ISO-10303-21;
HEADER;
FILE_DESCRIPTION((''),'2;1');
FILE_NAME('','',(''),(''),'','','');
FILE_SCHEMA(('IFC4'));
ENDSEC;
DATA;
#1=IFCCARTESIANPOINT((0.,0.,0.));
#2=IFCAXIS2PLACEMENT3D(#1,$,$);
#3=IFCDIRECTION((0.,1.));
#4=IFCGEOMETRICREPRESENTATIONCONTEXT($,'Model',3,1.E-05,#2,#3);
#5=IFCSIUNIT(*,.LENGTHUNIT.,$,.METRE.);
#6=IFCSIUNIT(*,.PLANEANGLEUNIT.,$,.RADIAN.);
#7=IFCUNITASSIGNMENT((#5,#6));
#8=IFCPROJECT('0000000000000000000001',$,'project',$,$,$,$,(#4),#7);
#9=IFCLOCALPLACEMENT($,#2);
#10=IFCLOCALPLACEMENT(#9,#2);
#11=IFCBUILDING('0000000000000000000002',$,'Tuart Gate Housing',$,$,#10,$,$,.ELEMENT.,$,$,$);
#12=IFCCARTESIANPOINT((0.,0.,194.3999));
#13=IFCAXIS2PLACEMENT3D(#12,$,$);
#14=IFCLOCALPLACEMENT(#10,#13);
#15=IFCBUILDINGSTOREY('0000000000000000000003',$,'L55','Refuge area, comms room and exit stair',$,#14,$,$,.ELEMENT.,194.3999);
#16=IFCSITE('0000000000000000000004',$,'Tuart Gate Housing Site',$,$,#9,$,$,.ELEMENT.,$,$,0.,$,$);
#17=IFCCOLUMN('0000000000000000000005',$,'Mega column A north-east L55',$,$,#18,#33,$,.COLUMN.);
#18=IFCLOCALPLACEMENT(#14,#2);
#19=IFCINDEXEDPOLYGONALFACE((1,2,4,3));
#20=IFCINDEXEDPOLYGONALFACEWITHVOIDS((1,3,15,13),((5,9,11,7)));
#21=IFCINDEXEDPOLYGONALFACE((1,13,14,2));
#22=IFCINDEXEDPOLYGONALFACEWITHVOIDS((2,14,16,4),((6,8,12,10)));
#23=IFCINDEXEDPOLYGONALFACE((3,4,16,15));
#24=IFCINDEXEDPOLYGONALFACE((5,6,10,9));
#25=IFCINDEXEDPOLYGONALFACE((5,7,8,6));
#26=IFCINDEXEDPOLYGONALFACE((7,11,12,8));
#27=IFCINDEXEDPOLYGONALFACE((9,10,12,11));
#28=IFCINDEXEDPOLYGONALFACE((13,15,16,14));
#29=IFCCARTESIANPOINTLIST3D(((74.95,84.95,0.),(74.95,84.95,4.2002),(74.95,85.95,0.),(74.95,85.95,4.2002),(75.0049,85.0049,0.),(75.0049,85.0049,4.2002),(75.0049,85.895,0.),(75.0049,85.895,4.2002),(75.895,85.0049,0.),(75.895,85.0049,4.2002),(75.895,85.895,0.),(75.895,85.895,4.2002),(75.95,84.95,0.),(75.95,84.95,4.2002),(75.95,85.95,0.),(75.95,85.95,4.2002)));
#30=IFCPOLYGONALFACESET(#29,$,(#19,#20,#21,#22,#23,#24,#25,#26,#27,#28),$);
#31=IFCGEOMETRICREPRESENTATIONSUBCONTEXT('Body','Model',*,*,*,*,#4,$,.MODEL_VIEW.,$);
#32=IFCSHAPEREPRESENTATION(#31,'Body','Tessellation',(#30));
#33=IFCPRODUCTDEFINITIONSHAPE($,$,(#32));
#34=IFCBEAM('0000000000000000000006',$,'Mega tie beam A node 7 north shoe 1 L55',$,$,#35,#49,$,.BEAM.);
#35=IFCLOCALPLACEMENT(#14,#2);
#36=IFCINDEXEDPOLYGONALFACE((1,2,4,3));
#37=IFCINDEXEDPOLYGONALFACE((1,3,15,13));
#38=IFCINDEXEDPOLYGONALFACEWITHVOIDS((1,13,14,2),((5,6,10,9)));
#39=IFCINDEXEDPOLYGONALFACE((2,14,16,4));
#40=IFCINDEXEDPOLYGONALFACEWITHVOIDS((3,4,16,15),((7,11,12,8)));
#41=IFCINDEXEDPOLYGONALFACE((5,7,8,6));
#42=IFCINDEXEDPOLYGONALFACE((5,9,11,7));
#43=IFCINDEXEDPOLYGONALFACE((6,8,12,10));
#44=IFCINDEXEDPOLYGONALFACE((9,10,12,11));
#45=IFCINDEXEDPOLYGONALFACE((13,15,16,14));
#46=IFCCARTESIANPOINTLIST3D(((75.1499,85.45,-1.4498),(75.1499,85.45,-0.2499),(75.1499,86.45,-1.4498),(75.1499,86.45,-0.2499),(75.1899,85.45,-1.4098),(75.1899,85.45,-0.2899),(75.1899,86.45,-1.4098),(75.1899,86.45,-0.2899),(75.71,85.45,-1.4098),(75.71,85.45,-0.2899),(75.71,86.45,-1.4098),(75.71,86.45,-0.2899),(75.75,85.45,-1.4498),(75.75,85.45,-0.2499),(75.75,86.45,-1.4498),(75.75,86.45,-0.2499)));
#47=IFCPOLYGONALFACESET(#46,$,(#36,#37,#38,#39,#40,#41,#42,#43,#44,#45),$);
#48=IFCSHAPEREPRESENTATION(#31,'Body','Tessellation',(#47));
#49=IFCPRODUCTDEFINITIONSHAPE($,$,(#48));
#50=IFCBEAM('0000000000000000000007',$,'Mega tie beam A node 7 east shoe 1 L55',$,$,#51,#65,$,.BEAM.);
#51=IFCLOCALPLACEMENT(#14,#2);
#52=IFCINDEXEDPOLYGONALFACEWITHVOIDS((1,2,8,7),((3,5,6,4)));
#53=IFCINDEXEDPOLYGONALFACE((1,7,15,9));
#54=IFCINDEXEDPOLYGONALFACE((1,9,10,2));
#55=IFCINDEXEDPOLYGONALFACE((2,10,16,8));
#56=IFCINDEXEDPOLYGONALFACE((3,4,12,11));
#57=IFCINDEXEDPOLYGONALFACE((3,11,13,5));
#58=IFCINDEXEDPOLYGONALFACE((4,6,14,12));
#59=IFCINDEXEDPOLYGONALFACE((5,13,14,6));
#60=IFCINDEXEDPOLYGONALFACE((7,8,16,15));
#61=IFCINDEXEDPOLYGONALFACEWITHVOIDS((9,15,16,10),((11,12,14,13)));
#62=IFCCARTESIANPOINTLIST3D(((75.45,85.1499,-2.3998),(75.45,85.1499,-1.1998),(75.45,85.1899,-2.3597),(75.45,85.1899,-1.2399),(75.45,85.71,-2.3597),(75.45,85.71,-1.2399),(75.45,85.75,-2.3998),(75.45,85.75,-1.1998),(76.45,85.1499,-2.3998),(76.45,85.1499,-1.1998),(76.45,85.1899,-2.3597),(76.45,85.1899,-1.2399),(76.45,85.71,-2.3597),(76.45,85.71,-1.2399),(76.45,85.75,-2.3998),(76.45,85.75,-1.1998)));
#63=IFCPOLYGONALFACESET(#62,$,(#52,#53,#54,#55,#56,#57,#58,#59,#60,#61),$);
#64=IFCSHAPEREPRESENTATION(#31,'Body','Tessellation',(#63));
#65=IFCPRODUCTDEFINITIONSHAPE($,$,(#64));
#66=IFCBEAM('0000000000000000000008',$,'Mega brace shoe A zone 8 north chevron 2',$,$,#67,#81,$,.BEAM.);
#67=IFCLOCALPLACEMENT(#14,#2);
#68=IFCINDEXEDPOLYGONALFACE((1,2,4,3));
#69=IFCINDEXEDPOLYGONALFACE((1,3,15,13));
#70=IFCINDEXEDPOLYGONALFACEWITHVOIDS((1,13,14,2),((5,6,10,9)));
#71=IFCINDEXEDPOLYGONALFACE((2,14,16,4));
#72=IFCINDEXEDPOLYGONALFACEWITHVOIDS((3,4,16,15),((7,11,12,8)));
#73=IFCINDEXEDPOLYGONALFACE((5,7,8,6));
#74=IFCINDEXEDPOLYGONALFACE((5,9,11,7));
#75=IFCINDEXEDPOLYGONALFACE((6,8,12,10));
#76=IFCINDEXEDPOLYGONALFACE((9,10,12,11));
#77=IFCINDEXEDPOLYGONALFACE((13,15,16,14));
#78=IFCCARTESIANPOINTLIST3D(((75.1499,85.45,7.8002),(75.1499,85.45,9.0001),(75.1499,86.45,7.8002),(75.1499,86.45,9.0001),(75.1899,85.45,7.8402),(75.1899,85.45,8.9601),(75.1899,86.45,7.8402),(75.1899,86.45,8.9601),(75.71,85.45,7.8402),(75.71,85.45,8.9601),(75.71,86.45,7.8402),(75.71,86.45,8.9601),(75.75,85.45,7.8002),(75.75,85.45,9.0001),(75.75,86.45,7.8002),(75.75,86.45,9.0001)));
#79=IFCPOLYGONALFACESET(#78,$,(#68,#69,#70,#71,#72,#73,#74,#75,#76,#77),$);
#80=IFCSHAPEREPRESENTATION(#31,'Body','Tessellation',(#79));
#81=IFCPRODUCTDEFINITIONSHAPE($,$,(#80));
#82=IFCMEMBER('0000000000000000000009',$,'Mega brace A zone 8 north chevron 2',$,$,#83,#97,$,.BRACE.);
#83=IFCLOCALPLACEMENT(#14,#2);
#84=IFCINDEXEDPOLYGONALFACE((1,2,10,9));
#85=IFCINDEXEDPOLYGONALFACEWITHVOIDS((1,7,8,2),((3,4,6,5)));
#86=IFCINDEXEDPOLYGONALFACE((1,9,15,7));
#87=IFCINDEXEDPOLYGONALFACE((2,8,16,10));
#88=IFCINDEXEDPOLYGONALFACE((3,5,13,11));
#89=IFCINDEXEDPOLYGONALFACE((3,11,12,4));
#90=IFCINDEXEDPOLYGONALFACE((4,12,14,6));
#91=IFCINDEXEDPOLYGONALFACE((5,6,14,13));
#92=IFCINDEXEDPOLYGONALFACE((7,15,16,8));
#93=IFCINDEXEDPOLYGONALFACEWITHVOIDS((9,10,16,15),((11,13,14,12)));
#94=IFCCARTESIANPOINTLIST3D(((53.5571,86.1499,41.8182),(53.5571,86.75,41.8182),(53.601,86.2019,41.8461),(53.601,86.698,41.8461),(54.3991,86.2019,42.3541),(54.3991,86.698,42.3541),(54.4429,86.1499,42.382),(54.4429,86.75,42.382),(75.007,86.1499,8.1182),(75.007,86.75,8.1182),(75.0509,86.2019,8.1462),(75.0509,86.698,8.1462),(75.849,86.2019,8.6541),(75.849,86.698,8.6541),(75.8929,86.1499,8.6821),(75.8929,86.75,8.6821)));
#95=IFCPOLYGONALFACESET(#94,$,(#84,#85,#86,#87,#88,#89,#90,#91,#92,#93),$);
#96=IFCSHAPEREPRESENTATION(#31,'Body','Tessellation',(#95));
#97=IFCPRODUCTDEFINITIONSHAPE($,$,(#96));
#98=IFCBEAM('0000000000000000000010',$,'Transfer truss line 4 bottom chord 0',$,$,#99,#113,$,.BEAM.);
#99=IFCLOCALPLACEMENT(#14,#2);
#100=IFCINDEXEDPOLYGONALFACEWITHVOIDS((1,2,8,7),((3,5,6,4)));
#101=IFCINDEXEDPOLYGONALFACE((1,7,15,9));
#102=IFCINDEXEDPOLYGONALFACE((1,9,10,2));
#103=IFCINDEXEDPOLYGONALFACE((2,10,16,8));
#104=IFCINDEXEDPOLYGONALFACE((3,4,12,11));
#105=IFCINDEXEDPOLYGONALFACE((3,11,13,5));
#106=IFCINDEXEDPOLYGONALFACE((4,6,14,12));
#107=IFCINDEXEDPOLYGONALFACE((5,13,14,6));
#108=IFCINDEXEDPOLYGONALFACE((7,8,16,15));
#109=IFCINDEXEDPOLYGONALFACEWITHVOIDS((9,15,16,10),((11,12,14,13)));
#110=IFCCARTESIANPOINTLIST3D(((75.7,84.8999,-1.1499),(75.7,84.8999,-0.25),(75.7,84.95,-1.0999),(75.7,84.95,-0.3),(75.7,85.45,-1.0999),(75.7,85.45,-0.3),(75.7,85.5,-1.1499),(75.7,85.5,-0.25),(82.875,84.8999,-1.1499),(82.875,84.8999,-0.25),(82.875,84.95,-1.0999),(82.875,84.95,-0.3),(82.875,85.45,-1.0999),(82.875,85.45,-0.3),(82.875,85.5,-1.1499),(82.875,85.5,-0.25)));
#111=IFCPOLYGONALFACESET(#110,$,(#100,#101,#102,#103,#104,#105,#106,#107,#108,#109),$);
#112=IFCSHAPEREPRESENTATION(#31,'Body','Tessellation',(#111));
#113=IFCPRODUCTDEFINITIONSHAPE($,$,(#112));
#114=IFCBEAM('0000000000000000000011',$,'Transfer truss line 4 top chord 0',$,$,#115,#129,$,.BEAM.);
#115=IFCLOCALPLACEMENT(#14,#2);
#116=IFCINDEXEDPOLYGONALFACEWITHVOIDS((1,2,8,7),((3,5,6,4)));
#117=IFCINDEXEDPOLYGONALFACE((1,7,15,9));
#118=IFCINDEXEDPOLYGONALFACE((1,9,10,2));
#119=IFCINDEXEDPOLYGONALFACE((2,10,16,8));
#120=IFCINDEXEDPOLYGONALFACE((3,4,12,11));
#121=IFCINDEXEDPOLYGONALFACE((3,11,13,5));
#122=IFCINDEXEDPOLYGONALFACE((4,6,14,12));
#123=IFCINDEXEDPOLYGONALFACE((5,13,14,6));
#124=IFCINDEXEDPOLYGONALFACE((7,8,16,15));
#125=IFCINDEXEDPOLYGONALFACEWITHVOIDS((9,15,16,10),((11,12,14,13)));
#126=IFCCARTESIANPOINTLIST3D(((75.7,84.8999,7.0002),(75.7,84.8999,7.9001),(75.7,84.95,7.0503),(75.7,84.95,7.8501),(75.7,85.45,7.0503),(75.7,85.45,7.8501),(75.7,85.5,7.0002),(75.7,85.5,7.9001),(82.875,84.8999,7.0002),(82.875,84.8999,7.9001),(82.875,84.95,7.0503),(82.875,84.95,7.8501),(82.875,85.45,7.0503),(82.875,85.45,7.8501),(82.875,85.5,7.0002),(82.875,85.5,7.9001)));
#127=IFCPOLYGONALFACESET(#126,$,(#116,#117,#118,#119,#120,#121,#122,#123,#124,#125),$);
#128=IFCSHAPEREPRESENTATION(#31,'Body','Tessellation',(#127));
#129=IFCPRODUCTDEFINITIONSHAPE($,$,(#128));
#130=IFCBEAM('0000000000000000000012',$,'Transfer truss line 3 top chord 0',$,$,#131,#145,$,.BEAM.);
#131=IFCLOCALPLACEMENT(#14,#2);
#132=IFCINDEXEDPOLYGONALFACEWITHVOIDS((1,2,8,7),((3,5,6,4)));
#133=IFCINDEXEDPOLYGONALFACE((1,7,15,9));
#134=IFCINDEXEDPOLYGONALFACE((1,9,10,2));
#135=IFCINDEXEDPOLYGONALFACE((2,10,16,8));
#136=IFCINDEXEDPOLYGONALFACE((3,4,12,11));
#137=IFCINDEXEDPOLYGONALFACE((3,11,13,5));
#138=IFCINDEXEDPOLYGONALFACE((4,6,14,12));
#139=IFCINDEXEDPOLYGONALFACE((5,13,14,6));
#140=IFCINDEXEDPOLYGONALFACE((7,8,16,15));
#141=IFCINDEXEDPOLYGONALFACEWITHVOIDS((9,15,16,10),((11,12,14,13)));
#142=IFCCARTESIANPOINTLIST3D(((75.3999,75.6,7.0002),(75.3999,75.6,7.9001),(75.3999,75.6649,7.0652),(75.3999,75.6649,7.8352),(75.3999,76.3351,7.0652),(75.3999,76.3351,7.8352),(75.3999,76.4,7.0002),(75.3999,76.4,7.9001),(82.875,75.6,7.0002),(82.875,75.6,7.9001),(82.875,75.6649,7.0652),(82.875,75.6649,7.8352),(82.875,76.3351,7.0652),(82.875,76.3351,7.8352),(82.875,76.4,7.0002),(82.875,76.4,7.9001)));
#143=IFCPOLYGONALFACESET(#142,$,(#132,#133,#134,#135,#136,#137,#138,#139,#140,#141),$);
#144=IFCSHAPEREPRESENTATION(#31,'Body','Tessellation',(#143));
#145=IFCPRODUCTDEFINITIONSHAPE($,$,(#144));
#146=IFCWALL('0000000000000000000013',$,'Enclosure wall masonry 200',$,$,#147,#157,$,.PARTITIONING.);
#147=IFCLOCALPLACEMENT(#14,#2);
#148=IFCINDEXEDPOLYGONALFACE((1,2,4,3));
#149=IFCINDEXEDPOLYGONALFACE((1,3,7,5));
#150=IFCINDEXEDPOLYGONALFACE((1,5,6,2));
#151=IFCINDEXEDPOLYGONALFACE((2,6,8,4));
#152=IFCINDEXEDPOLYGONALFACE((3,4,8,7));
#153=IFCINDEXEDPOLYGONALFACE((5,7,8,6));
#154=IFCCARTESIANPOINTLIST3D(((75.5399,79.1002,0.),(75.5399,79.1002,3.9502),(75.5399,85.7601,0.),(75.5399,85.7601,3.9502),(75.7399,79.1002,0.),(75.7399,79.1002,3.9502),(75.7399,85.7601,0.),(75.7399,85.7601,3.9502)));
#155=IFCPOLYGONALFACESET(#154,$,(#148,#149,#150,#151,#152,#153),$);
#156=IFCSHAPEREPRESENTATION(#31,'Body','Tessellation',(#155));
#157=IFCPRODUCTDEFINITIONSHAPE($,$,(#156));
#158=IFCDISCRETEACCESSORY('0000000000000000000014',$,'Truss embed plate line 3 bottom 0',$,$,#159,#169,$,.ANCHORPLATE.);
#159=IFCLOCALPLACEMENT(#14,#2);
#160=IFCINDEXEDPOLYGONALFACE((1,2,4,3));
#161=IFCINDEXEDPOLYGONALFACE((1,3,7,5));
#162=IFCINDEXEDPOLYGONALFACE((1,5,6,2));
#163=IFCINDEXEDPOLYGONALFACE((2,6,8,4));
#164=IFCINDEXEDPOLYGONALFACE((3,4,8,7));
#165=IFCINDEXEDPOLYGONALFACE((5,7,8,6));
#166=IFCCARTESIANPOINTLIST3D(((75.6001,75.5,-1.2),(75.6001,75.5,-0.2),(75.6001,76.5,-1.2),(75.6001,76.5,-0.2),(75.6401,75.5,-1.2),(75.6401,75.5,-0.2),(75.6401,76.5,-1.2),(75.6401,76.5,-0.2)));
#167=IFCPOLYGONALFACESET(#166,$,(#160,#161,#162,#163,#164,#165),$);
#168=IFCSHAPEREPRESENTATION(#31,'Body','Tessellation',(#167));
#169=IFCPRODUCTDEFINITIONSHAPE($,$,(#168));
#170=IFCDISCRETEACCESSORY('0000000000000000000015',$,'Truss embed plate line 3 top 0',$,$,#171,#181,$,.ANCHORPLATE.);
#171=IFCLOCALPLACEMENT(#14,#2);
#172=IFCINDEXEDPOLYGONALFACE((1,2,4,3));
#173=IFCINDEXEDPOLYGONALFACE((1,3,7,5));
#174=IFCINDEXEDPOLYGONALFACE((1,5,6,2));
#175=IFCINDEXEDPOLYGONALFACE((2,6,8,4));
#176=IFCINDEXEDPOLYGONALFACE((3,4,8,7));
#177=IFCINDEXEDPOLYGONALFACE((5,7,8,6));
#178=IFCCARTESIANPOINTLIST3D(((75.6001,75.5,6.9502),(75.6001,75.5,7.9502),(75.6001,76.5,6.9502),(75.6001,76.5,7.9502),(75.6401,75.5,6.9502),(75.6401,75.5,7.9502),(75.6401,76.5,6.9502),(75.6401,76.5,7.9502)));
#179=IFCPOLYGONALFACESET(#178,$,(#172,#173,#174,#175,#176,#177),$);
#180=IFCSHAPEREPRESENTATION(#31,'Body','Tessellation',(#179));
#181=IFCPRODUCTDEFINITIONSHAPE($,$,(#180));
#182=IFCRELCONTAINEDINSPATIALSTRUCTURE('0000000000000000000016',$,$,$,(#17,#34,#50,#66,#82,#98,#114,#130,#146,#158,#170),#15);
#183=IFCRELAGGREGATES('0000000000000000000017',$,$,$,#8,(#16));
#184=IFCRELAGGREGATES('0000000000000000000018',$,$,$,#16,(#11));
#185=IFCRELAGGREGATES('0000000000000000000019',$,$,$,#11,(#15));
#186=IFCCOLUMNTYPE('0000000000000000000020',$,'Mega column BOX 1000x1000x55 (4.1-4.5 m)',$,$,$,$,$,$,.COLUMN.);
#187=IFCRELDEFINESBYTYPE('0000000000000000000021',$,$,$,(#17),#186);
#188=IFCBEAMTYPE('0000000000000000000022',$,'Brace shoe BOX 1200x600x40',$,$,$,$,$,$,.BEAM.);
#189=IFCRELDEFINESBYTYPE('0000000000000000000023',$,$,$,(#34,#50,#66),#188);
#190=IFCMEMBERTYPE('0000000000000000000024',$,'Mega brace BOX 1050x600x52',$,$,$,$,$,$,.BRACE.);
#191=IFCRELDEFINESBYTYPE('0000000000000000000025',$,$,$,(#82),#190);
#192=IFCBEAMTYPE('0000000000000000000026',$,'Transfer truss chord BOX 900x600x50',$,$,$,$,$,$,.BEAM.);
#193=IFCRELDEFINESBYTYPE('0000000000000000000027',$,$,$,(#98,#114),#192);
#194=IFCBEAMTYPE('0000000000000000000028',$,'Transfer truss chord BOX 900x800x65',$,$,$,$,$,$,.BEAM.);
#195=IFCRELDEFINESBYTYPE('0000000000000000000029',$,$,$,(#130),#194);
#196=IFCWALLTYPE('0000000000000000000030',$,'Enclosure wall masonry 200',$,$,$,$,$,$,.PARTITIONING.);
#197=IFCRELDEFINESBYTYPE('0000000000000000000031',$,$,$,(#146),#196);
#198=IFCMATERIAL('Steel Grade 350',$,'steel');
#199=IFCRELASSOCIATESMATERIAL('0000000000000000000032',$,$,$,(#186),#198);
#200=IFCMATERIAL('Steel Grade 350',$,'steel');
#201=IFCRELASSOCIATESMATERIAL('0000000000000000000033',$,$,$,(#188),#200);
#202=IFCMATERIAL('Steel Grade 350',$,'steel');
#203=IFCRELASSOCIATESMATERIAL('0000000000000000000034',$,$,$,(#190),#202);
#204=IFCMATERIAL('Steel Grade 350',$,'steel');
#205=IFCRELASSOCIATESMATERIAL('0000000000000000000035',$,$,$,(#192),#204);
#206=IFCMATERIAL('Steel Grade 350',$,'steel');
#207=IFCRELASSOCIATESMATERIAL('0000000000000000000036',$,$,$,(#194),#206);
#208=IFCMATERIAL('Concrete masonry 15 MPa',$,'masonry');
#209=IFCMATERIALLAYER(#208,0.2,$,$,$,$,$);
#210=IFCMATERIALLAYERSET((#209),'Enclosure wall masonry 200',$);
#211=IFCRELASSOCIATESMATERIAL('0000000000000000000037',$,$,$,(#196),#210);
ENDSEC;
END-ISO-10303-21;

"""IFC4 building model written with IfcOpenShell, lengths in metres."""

from ifc_helpers import new_model, si_unit, direction, frame, frame_2d, origin, origin_2d, place, context, subcontext, project, spatial, rectangle, hollow_rectangle, extrude, material, layer, layer_set, material_profile, profile_set, type_object, element, save


model = new_model("IFC4")

# Units and contexts
model_context = context("Model", 3, precision=1e-05, world=origin(), true_north=direction((0.0, 1.0)))
body_context = subcontext(model_context, "Body", "Model", "MODEL_VIEW")
ifc_project = project(units=[si_unit("LENGTHUNIT", "METRE"), si_unit("PLANEANGLEUNIT", "RADIAN")], contexts=[model_context])

# Site, building, storey
site_placement = place(None, origin())
site = spatial("IfcSite", under=ifc_project, at=site_placement, Name="Tuart Gate Housing Site", CompositionType="ELEMENT", RefElevation=0.0)
building_placement = place(site_placement, origin())
building = spatial("IfcBuilding", under=site, at=building_placement, Name="Tuart Gate Housing", CompositionType="ELEMENT")
storey_placement = place(building_placement, frame((0.0, 0.0, 194.3999)))
storey = spatial("IfcBuildingStorey", under=building, at=storey_placement, Name="L55", Description="Refuge area, comms room and exit stair", CompositionType="ELEMENT", Elevation=194.3999)

# Column
ifc_material_1 = material(Name="Steel Grade 350", Category="steel")
ifc_material_profile_1 = material_profile(ifc_material_1, hollow_rectangle(XDim=1.0, YDim=1.0, WallThickness=0.0549, at=origin_2d()), Name="BOX 1000x1000x55")
ifc_profile_set_1 = profile_set([ifc_material_profile_1], Name="Steel Grade 350")
column_type = type_object("IfcColumnType", Name="Mega column BOX 1000x1000x55 (4.1-4.5 m)", PredefinedType="COLUMN", material=ifc_profile_set_1)
column_placement = place(storey_placement, frame((75.45, 85.45, 0.0), z_axis=(0.0, 0.0, 1.0), x_axis=(1.0, 0.0, 0.0)))
element("IfcColumn", 1, at=column_placement, inside=storey, type_object=column_type, Name="Mega column A north-east L55", PredefinedType="COLUMN", context=body_context, shape_type="SweptSolid", body=[
    extrude(hollow_rectangle(XDim=1.0, YDim=1.0, WallThickness=0.0549, at=origin_2d()), origin(), (0.0, 0.0, 1.0), 4.2002),
])

# Beams
ifc_material_2 = material(Name="Steel Grade 350", Category="steel")
ifc_material_profile_2 = material_profile(ifc_material_2, hollow_rectangle(XDim=0.6001, YDim=1.2, WallThickness=0.04, at=origin_2d()), Name="BOX 1200x600x40")
ifc_profile_set_2 = profile_set([ifc_material_profile_2], Name="Steel Grade 350")
beam_type_1 = type_object("IfcBeamType", Name="Brace shoe BOX 1200x600x40", PredefinedType="BEAM", material=ifc_profile_set_2)
for number, where, z_axis, x_axis, name in (
    (2, (75.45, 85.45, -0.8499), (0.0, 1.0, 0.0), (-1.0, 0.0, 0.0), "Mega tie beam A node 7 north shoe 1 L55"),
    (3, (75.45, 85.45, -1.7998), (1.0, 0.0, 0.0), (0.0, 1.0, 0.0), "Mega tie beam A node 7 east shoe 1 L55"),
    (4, (75.45, 85.45, 8.4001), (0.0, 1.0, 0.0), (-1.0, 0.0, 0.0), "Mega brace shoe A zone 8 north chevron 2"),
):
    element("IfcBeam", number, at=place(storey_placement, frame(where, z_axis=z_axis, x_axis=x_axis)), inside=storey, type_object=beam_type_1, Name=name, PredefinedType="BEAM", context=body_context, shape_type="SweptSolid", body=[
        extrude(hollow_rectangle(XDim=0.6001, YDim=1.2, WallThickness=0.04, at=origin_2d()), origin(), (0.0, 0.0, 1.0), 1.0),
    ])

# Member
ifc_material_3 = material(Name="Steel Grade 350", Category="steel")
ifc_material_profile_3 = material_profile(ifc_material_3, hollow_rectangle(XDim=0.6001, YDim=1.05, WallThickness=0.052, at=origin_2d()), Name="BOX 1050x600x52")
ifc_profile_set_3 = profile_set([ifc_material_profile_3], Name="Steel Grade 350")
member_type = type_object("IfcMemberType", Name="Mega brace BOX 1050x600x52", PredefinedType="BRACE", material=ifc_profile_set_3)
member_placement = place(storey_placement, frame((75.45, 86.45, 8.4001), z_axis=(-0.536956, 0.0, 0.84361), x_axis=(0.0, -1.0, 0.0)))
element("IfcMember", 5, at=member_placement, inside=storey, type_object=member_type, Name="Mega brace A zone 8 north chevron 2", PredefinedType="BRACE", context=body_context, shape_type="SweptSolid", body=[
    extrude(hollow_rectangle(XDim=0.6001, YDim=1.05, WallThickness=0.052, at=origin_2d()), origin(), (0.0, 0.0, 1.0), 39.9473),
])

# Beams
ifc_material_4 = material(Name="Steel Grade 350", Category="steel")
ifc_material_profile_4 = material_profile(ifc_material_4, hollow_rectangle(XDim=0.6001, YDim=0.8999, WallThickness=0.05, at=origin_2d()), Name="BOX 900x600x50")
ifc_profile_set_4 = profile_set([ifc_material_profile_4], Name="Steel Grade 350")
beam_type_2 = type_object("IfcBeamType", Name="Transfer truss chord BOX 900x600x50", PredefinedType="BEAM", material=ifc_profile_set_4)
for number, where, z_axis, x_axis, name in (
    (6, (75.7, 85.2, -0.7), (1.0, 0.0, 0.0), (0.0, 1.0, 0.0), "Transfer truss line 4 bottom chord 0"),
    (7, (75.7, 85.2, 7.4502), (1.0, 0.0, 0.0), (0.0, 1.0, 0.0), "Transfer truss line 4 top chord 0"),
):
    element("IfcBeam", number, at=place(storey_placement, frame(where, z_axis=z_axis, x_axis=x_axis)), inside=storey, type_object=beam_type_2, Name=name, PredefinedType="BEAM", context=body_context, shape_type="SweptSolid", body=[
        extrude(hollow_rectangle(XDim=0.6001, YDim=0.8999, WallThickness=0.05, at=origin_2d()), origin(), (0.0, 0.0, 1.0), 7.175),
    ])
ifc_material_5 = material(Name="Steel Grade 350", Category="steel")
ifc_material_profile_5 = material_profile(ifc_material_5, hollow_rectangle(XDim=0.8, YDim=0.8999, WallThickness=0.0649, at=origin_2d()), Name="BOX 900x800x65")
ifc_profile_set_5 = profile_set([ifc_material_profile_5], Name="Steel Grade 350")
beam_type_3 = type_object("IfcBeamType", Name="Transfer truss chord BOX 900x800x65", PredefinedType="BEAM", material=ifc_profile_set_5)
beam_placement = place(storey_placement, frame((75.3999, 76.0, 7.4502), z_axis=(1.0, 0.0, 0.0), x_axis=(0.0, 1.0, 0.0)))
element("IfcBeam", 8, at=beam_placement, inside=storey, type_object=beam_type_3, Name="Transfer truss line 3 top chord 0", PredefinedType="BEAM", context=body_context, shape_type="SweptSolid", body=[
    extrude(hollow_rectangle(XDim=0.8, YDim=0.8999, WallThickness=0.0649, at=origin_2d()), origin(), (0.0, 0.0, 1.0), 7.4751),
])

# Wall
ifc_material_6 = material(Name="Concrete masonry 15 MPa", Category="masonry")
ifc_layer_1 = layer(ifc_material_6, 0.2)
ifc_layer_set_1 = layer_set([ifc_layer_1], Name="Enclosure wall masonry 200")
wall_type_1 = type_object("IfcWallType", Name="Enclosure wall masonry 200", PredefinedType="PARTITIONING", material=ifc_layer_set_1)
wall_1_placement = place(storey_placement, frame((75.6399, 79.1001, 0.0), z_axis=(0.0, 0.0, 1.0), x_axis=(0.0, 1.0, 0.0)))
element("IfcWall", 9, at=wall_1_placement, inside=storey, type_object=wall_type_1, Name="Enclosure wall masonry 200", PredefinedType="PARTITIONING", context=body_context, shape_type="SweptSolid", body=[
    extrude(rectangle(XDim=6.6599, YDim=0.2, at=frame_2d((3.3301, 0.0))), origin(), (0.0, 0.0, 1.0), 3.9502),
])

# Discrete accessories
for number, where, z_axis, x_axis, name in (
    (10, (75.6201, 76.0, -1.2), (0.0, 0.0, 1.0), (1.0, 0.0, 0.0), "Truss embed plate line 3 bottom 0"),
    (11, (75.6201, 76.0, 6.9502), (0.0, 0.0, 1.0), (1.0, 0.0, 0.0), "Truss embed plate line 3 top 0"),
):
    element("IfcDiscreteAccessory", number, at=place(storey_placement, frame(where, z_axis=z_axis, x_axis=x_axis)), inside=storey, Name=name, PredefinedType="ANCHORPLATE", context=body_context, shape_type="SweptSolid", body=[
        extrude(rectangle(XDim=0.04, YDim=1.0, at=origin_2d()), origin(), (0.0, 0.0, 1.0), 1.0),
    ])

save(model, "model.ifc")
